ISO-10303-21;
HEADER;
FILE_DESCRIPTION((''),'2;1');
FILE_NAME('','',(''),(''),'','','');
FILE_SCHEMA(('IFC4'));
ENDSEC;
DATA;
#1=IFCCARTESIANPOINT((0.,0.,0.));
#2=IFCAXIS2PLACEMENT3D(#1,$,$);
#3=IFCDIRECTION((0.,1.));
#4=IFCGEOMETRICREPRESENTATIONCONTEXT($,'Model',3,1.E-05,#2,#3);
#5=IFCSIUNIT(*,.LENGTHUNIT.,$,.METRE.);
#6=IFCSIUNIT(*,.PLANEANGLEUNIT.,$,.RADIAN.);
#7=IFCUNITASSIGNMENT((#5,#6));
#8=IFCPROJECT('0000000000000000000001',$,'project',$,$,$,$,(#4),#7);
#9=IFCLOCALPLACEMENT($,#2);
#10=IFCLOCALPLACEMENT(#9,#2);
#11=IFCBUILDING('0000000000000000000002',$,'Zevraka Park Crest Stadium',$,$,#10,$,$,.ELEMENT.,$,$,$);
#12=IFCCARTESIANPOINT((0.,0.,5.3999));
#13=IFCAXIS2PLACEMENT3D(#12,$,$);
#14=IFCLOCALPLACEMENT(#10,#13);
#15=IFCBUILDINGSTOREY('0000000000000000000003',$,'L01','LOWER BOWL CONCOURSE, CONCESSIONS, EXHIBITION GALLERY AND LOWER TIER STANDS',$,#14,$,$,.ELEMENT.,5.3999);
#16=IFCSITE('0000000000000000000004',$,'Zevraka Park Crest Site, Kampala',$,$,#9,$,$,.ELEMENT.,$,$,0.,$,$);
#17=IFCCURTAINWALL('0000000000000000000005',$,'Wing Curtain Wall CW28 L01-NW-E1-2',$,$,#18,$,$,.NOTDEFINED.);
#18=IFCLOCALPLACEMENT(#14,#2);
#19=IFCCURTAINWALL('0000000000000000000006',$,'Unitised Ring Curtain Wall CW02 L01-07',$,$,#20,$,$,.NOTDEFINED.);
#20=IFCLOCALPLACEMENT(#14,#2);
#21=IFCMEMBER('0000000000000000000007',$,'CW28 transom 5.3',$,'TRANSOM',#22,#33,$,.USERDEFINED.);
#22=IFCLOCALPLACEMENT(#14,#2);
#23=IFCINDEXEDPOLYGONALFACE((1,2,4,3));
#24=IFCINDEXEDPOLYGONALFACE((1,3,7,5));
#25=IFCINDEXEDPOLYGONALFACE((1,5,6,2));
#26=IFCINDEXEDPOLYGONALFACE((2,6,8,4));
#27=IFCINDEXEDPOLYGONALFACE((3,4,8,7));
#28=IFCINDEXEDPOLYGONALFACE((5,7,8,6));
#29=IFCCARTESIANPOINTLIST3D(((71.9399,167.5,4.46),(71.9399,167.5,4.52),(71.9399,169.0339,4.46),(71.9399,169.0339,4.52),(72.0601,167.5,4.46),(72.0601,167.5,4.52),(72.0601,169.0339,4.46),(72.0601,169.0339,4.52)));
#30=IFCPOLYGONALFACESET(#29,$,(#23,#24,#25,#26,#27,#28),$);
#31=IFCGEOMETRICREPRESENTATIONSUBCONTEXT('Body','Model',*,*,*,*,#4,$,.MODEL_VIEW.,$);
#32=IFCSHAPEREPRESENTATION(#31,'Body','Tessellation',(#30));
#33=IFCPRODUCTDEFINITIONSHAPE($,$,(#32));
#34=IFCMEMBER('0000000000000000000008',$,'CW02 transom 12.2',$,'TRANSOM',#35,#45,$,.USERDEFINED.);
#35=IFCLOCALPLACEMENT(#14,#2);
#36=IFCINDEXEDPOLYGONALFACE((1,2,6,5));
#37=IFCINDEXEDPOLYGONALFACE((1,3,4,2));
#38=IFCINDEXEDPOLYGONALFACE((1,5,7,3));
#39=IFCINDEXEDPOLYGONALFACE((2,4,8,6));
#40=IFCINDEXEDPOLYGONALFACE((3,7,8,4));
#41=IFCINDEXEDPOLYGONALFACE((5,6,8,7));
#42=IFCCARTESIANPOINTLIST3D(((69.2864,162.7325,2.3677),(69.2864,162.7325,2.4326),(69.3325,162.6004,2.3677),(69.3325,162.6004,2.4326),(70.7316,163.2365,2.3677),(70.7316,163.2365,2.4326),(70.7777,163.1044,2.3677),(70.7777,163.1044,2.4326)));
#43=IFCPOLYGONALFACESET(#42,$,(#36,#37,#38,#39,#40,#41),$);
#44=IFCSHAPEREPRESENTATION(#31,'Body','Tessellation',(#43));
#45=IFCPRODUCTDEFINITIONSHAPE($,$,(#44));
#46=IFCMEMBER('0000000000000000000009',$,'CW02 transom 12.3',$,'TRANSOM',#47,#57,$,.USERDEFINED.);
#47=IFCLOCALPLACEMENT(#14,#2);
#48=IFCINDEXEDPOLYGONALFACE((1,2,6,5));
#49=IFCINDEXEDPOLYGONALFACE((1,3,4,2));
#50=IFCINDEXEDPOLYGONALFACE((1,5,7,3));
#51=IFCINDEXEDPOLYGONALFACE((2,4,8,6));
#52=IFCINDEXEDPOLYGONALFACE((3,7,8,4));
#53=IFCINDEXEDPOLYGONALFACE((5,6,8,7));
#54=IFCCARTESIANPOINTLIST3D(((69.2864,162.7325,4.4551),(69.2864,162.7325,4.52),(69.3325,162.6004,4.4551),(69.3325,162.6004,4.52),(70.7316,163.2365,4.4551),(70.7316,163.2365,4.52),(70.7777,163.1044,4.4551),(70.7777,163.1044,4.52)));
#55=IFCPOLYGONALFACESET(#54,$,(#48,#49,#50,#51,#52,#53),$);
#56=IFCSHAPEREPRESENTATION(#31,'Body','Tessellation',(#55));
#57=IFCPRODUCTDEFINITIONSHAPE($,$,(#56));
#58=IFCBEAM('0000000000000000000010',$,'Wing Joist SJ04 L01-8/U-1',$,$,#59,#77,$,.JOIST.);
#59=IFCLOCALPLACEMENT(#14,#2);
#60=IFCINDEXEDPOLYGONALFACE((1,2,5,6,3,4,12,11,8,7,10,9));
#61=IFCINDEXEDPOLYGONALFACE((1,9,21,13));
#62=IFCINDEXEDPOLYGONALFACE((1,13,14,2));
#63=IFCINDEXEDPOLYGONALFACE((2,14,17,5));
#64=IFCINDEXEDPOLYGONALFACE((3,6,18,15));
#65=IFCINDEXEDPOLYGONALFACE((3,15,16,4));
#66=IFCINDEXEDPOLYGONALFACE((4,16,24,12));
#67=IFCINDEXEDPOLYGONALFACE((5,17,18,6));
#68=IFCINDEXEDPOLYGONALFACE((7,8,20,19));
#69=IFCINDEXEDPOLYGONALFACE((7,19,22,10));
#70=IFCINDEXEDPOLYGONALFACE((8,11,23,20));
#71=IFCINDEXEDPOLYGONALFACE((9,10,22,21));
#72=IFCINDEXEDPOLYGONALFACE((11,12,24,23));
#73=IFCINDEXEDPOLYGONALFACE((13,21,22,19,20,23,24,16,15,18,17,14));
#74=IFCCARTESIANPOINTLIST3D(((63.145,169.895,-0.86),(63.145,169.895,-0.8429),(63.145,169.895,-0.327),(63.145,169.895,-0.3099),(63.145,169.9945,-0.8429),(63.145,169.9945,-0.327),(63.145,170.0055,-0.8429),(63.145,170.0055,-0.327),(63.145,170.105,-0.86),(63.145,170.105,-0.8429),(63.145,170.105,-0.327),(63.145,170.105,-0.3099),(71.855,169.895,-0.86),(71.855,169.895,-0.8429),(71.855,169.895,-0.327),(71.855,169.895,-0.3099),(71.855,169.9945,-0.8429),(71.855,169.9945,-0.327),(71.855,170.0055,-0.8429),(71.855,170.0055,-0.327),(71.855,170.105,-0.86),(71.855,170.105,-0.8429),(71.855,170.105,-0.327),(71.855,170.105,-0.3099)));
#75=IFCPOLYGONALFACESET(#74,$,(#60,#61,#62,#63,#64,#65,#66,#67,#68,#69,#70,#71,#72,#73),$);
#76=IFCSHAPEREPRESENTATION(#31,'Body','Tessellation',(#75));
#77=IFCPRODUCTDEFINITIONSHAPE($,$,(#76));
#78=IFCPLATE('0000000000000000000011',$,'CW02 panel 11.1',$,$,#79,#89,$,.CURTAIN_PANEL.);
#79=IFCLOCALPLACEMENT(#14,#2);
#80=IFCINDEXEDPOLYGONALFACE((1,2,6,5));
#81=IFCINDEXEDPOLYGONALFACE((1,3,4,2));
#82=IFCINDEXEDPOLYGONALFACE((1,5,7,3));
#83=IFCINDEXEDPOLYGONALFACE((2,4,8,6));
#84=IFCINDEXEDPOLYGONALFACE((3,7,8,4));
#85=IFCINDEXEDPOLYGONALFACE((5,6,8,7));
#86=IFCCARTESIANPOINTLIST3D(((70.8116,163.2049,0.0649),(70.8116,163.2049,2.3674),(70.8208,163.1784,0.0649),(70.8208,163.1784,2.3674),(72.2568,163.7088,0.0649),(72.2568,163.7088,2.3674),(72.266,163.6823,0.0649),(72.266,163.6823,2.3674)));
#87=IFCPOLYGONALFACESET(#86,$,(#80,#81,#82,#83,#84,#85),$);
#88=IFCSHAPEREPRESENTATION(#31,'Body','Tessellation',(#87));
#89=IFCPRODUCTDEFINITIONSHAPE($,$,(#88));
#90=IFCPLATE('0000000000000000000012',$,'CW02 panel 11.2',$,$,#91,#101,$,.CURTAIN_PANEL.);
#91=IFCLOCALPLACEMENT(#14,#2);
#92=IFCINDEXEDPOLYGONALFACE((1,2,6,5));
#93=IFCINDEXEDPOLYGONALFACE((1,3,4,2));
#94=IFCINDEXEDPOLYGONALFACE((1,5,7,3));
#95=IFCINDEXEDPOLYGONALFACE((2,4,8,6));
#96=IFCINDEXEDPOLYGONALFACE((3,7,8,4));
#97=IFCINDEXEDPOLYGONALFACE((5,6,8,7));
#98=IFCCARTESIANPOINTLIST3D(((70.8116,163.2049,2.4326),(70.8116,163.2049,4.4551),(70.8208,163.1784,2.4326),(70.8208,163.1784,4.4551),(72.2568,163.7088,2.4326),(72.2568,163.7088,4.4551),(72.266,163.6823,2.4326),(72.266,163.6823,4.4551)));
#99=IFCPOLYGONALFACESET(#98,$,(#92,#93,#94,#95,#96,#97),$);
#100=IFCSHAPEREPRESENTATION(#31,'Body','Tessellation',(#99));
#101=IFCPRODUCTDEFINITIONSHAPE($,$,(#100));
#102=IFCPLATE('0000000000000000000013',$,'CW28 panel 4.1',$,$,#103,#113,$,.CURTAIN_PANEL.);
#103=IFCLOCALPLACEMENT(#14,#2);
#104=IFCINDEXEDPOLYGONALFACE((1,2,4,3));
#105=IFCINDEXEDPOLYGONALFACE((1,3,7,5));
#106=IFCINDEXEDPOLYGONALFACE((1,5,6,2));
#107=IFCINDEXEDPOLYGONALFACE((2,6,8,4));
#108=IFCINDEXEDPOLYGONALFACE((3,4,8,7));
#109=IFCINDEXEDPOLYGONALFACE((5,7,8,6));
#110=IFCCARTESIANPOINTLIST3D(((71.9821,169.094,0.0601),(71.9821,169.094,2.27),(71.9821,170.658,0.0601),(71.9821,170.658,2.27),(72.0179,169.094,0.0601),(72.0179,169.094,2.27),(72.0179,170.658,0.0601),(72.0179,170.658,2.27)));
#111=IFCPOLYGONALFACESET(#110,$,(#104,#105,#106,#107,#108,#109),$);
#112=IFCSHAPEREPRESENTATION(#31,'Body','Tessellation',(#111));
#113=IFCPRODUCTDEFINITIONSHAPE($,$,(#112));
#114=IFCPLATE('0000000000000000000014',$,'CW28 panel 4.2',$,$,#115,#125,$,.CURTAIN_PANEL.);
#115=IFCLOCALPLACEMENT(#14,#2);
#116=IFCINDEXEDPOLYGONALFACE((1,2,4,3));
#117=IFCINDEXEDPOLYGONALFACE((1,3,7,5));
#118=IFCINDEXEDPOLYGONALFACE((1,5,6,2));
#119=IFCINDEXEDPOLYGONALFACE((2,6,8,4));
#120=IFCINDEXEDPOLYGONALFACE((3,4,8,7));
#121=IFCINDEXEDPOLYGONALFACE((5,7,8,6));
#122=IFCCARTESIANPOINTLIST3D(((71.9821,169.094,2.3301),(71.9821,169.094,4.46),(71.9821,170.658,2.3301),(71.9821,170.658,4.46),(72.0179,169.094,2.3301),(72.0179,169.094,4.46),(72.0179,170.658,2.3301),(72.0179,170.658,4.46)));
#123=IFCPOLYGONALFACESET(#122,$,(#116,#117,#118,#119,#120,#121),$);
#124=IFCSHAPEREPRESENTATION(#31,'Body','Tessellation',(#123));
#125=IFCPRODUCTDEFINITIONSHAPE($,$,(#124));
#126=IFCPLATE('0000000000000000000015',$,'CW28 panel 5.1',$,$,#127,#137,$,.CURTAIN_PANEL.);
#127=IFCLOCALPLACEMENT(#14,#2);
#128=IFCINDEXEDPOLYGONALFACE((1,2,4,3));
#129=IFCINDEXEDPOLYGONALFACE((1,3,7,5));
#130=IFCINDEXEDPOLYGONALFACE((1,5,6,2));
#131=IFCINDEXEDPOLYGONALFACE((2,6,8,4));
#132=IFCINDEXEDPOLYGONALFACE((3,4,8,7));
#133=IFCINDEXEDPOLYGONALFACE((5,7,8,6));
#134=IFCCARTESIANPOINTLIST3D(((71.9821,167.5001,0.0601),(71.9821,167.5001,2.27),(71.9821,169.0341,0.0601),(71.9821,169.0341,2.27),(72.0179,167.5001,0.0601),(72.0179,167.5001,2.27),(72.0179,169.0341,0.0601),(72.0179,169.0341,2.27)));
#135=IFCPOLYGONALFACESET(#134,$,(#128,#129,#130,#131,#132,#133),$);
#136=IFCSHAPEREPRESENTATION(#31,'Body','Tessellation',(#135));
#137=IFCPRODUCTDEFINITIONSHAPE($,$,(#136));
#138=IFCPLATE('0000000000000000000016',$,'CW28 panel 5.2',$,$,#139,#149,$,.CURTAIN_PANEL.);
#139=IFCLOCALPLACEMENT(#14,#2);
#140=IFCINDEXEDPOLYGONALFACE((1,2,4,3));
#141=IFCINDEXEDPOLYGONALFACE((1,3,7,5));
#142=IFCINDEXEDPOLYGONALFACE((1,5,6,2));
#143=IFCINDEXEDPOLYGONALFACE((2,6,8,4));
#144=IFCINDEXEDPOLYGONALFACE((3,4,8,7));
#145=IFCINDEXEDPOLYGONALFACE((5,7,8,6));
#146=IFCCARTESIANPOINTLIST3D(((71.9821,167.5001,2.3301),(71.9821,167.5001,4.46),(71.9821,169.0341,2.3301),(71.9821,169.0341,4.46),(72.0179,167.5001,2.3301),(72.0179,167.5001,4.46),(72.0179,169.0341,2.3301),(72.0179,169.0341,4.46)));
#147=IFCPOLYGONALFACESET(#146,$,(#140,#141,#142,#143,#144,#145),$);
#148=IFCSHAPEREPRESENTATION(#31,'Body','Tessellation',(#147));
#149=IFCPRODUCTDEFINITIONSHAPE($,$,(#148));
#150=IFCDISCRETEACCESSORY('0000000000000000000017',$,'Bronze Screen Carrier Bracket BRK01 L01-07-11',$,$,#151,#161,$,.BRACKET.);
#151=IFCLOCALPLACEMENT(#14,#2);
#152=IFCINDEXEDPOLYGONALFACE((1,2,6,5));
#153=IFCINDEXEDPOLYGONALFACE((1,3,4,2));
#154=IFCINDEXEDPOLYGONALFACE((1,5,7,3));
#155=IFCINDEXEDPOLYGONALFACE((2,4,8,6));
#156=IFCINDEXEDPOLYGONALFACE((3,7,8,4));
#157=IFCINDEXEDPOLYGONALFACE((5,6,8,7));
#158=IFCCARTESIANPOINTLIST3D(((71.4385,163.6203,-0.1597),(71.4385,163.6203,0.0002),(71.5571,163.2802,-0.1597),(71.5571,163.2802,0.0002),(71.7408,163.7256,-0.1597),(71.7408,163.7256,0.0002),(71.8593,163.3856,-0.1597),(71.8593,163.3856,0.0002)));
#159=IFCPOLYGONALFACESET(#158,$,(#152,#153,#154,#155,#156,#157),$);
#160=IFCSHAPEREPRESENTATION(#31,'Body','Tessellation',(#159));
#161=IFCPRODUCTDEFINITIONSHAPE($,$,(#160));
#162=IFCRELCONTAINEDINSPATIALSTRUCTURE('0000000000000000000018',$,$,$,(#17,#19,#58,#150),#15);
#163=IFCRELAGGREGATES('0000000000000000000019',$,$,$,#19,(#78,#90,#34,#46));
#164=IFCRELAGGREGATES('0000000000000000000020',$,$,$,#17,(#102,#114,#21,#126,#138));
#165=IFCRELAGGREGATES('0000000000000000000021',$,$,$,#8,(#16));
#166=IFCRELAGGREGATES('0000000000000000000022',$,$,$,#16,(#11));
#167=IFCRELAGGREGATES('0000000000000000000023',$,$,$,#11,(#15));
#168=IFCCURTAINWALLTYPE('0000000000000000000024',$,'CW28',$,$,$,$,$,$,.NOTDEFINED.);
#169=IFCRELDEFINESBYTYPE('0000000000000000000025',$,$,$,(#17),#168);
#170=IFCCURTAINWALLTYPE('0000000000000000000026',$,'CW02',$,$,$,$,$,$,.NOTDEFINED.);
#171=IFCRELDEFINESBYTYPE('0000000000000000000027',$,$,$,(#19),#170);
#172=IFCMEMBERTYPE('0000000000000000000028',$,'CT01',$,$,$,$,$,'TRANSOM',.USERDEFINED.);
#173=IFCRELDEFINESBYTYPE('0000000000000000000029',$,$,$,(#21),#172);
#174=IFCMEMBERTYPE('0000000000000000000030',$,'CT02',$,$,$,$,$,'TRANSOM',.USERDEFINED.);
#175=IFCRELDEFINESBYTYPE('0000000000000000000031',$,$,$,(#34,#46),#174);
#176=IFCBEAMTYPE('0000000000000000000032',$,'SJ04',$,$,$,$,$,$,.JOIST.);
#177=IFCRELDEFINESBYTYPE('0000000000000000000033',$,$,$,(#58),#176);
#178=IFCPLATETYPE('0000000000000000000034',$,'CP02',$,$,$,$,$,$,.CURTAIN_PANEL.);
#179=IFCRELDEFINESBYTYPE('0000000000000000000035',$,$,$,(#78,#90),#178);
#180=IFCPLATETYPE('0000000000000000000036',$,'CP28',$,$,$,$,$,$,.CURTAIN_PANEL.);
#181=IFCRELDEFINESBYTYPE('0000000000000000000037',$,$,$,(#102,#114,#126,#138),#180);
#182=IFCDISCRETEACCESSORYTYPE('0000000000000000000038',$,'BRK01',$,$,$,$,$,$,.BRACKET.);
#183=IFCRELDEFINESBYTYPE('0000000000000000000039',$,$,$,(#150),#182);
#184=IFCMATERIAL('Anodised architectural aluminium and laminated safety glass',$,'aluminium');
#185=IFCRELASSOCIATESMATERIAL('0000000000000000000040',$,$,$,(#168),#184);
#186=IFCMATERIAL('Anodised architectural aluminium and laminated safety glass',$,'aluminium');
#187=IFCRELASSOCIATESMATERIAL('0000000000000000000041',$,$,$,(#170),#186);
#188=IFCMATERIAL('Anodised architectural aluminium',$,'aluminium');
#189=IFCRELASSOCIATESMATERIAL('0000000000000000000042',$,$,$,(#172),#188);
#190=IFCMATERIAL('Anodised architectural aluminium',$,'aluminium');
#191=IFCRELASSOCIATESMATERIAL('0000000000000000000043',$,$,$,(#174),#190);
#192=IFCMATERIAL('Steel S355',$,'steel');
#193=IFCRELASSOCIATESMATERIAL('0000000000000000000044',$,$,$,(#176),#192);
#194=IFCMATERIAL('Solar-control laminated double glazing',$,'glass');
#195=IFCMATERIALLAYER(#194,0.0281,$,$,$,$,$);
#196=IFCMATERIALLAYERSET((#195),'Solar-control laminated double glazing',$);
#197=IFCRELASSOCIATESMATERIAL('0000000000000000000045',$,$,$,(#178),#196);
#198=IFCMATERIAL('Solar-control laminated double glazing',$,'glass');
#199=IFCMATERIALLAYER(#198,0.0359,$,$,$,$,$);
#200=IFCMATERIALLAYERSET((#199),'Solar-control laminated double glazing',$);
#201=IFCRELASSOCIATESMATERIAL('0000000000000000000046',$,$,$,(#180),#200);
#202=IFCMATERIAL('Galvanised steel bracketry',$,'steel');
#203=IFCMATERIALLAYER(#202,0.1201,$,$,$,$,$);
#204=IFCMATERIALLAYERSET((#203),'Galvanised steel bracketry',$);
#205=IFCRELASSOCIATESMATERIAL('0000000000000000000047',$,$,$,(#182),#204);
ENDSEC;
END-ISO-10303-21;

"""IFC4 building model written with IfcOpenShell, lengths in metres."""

from ifc_helpers import new_model, si_unit, direction, frame, origin, origin_2d, place, context, subcontext, project, spatial, rectangle, i_section, extrude, material, layer, layer_set, material_profile, profile_set, type_object, element, aggregate, save


model = new_model("IFC4")

# Units and contexts
model_context = context("Model", 3, precision=1e-05, world=origin(), true_north=direction((0.0, 1.0)))
body_context = subcontext(model_context, "Body", "Model", "MODEL_VIEW")
ifc_project = project(units=[si_unit("LENGTHUNIT", "METRE"), si_unit("PLANEANGLEUNIT", "RADIAN")], contexts=[model_context])

# Site, building, storey
site_placement = place(None, origin())
site = spatial("IfcSite", under=ifc_project, at=site_placement, Name="Zevraka Park Crest Site, Kampala", CompositionType="ELEMENT", RefElevation=0.0)
building_placement = place(site_placement, origin())
building = spatial("IfcBuilding", under=site, at=building_placement, Name="Zevraka Park Crest Stadium", CompositionType="ELEMENT")
storey_placement = place(building_placement, frame((0.0, 0.0, 5.3999)))
storey = spatial("IfcBuildingStorey", under=building, at=storey_placement, Name="L01", Description="LOWER BOWL CONCOURSE, CONCESSIONS, EXHIBITION GALLERY AND LOWER TIER STANDS", CompositionType="ELEMENT", Elevation=5.3999)

# Curtain wall
ifc_material_1 = material(Name="Anodised architectural aluminium and laminated safety glass", Category="aluminium")
curtain_wall_type_1 = type_object("IfcCurtainWallType", Name="CW28", PredefinedType="NOTDEFINED", material=ifc_material_1)
curtain_wall_1_placement = place(storey_placement, origin())
curtain_wall_1 = element("IfcCurtainWall", 1, at=curtain_wall_1_placement, inside=storey, type_object=curtain_wall_type_1, Name="Wing Curtain Wall CW28 L01-NW-E1-2", PredefinedType="NOTDEFINED")

# Curtain wall
ifc_material_2 = material(Name="Anodised architectural aluminium and laminated safety glass", Category="aluminium")
curtain_wall_type_2 = type_object("IfcCurtainWallType", Name="CW02", PredefinedType="NOTDEFINED", material=ifc_material_2)
curtain_wall_2_placement = place(storey_placement, origin())
curtain_wall_2 = element("IfcCurtainWall", 2, at=curtain_wall_2_placement, inside=storey, type_object=curtain_wall_type_2, Name="Unitised Ring Curtain Wall CW02 L01-07", PredefinedType="NOTDEFINED")

# Members
ifc_material_3 = material(Name="Anodised architectural aluminium", Category="aluminium")
ifc_material_profile_1 = material_profile(ifc_material_3, rectangle(XDim=0.1201, YDim=0.0601, at=origin_2d()), Name="ALU TRANSOM 120x60")
ifc_profile_set_1 = profile_set([ifc_material_profile_1], Name="Anodised architectural aluminium")
member_type_1 = type_object("IfcMemberType", Name="CT01", ElementType="TRANSOM", PredefinedType="USERDEFINED", material=ifc_profile_set_1)
member_1_placement = place(storey_placement, frame((72.0, 169.0339, 4.49), z_axis=(0.0, -1.0, 0.0), x_axis=(1.0, 0.0, 0.0)))
member_1 = element("IfcMember", 3, at=member_1_placement, type_object=member_type_1, Name="CW28 transom 5.3", ObjectType="TRANSOM", PredefinedType="USERDEFINED", context=body_context, shape_type="SweptSolid", body=[
    extrude(rectangle(XDim=0.1201, YDim=0.0601, at=origin_2d()), origin(), (0.0, 0.0, 1.0), 1.5339),
])
ifc_material_4 = material(Name="Anodised architectural aluminium", Category="aluminium")
ifc_material_profile_2 = material_profile(ifc_material_4, rectangle(XDim=0.1399, YDim=0.0649, at=origin_2d()), Name="ALU TRANSOM 140x65")
ifc_profile_set_2 = profile_set([ifc_material_profile_2], Name="Anodised architectural aluminium")
member_type_2 = type_object("IfcMemberType", Name="CT02", ElementType="TRANSOM", PredefinedType="USERDEFINED", material=ifc_profile_set_2)
member_2_placement = place(storey_placement, frame((70.7546, 163.1704, 2.4001), z_axis=(-0.944238, -0.329263, 0.0), x_axis=(0.329263, -0.944238, 0.0)))
member_2 = element("IfcMember", 4, at=member_2_placement, type_object=member_type_2, Name="CW02 transom 12.2", ObjectType="TRANSOM", PredefinedType="USERDEFINED", context=body_context, shape_type="SweptSolid", body=[
    extrude(rectangle(XDim=0.1399, YDim=0.0649, at=origin_2d()), origin(), (0.0, 0.0, 1.0), 1.5305),
])
member_3_placement = place(storey_placement, frame((70.7546, 163.1704, 4.4875), z_axis=(-0.944238, -0.329263, 0.0), x_axis=(0.329263, -0.944238, 0.0)))
member_3 = element("IfcMember", 5, at=member_3_placement, type_object=member_type_2, Name="CW02 transom 12.3", ObjectType="TRANSOM", PredefinedType="USERDEFINED", context=body_context, shape_type="SweptSolid", body=[
    extrude(rectangle(XDim=0.1399, YDim=0.0649, at=origin_2d()), origin(), (0.0, 0.0, 1.0), 1.5305),
])

# Beam
ifc_material_5 = material(Name="Steel S355", Category="steel")
ifc_material_profile_3 = material_profile(ifc_material_5, i_section(OverallWidth=0.21, OverallDepth=0.55, WebThickness=0.011, FlangeThickness=0.0171, at=origin_2d()), Name="IPE 550")
ifc_profile_set_3 = profile_set([ifc_material_profile_3], Name="Steel S355")
beam_type_1 = type_object("IfcBeamType", Name="SJ04", PredefinedType="JOIST", material=ifc_profile_set_3)
beam_1_placement = place(storey_placement, frame((63.145, 170.0, -0.585), z_axis=(1.0, 0.0, 0.0), x_axis=(0.0, 1.0, 0.0)))
element("IfcBeam", 6, at=beam_1_placement, inside=storey, type_object=beam_type_1, Name="Wing Joist SJ04 L01-8/U-1", PredefinedType="JOIST", context=body_context, shape_type="SweptSolid", body=[
    extrude(i_section(OverallWidth=0.21, OverallDepth=0.55, WebThickness=0.011, FlangeThickness=0.0171, at=origin_2d()), origin(), (0.0, 0.0, 1.0), 8.71),
])

# Plates
ifc_material_6 = material(Name="Solar-control laminated double glazing", Category="glass")
ifc_layer_1 = layer(ifc_material_6, 0.0281)
ifc_layer_set_1 = layer_set([ifc_layer_1], Name="Solar-control laminated double glazing")
plate_type_1 = type_object("IfcPlateType", Name="CP02", PredefinedType="CURTAIN_PANEL", material=ifc_layer_set_1)
plate_1_placement = place(storey_placement, frame((71.5388, 163.4436, 0.0649), z_axis=(0.0, 0.0, 1.0), x_axis=(-0.944257, -0.329209, 0.0)))
plate_1 = element("IfcPlate", 7, at=plate_1_placement, type_object=plate_type_1, Name="CW02 panel 11.1", PredefinedType="CURTAIN_PANEL", context=body_context, shape_type="SweptSolid", body=[
    extrude(rectangle(XDim=1.5305, YDim=0.0281, at=origin_2d()), origin(), (0.0, 0.0, 1.0), 2.3025),
])
plate_2_placement = place(storey_placement, frame((71.5388, 163.4436, 2.4326), z_axis=(0.0, 0.0, 1.0), x_axis=(-0.944257, -0.329209, 0.0)))
plate_2 = element("IfcPlate", 8, at=plate_2_placement, type_object=plate_type_1, Name="CW02 panel 11.2", PredefinedType="CURTAIN_PANEL", context=body_context, shape_type="SweptSolid", body=[
    extrude(rectangle(XDim=1.5305, YDim=0.0281, at=origin_2d()), origin(), (0.0, 0.0, 1.0), 2.0225),
])
aggregate(curtain_wall_2, [plate_1, plate_2, member_2, member_3])
ifc_material_7 = material(Name="Solar-control laminated double glazing", Category="glass")
ifc_layer_2 = layer(ifc_material_7, 0.0359)
ifc_layer_set_2 = layer_set([ifc_layer_2], Name="Solar-control laminated double glazing")
plate_type_2 = type_object("IfcPlateType", Name="CP28", PredefinedType="CURTAIN_PANEL", material=ifc_layer_set_2)
plate_3_placement = place(storey_placement, frame((72.0, 169.876, 0.0601), z_axis=(0.0, 0.0, 1.0), x_axis=(0.0, -1.0, 0.0)))
plate_3 = element("IfcPlate", 9, at=plate_3_placement, type_object=plate_type_2, Name="CW28 panel 4.1", PredefinedType="CURTAIN_PANEL", context=body_context, shape_type="SweptSolid", body=[
    extrude(rectangle(XDim=1.564, YDim=0.0359, at=origin_2d()), origin(), (0.0, 0.0, 1.0), 2.21),
])
plate_4_placement = place(storey_placement, frame((72.0, 169.876, 2.3301), z_axis=(0.0, 0.0, 1.0), x_axis=(0.0, -1.0, 0.0)))
plate_4 = element("IfcPlate", 10, at=plate_4_placement, type_object=plate_type_2, Name="CW28 panel 4.2", PredefinedType="CURTAIN_PANEL", context=body_context, shape_type="SweptSolid", body=[
    extrude(rectangle(XDim=1.564, YDim=0.0359, at=origin_2d()), origin(), (0.0, 0.0, 1.0), 2.1299),
])
plate_5_placement = place(storey_placement, frame((72.0, 168.2671, 0.0601), z_axis=(0.0, 0.0, 1.0), x_axis=(0.0, -1.0, 0.0)))
plate_5 = element("IfcPlate", 11, at=plate_5_placement, type_object=plate_type_2, Name="CW28 panel 5.1", PredefinedType="CURTAIN_PANEL", context=body_context, shape_type="SweptSolid", body=[
    extrude(rectangle(XDim=1.5339, YDim=0.0359, at=origin_2d()), origin(), (0.0, 0.0, 1.0), 2.21),
])
plate_6_placement = place(storey_placement, frame((72.0, 168.2671, 2.3301), z_axis=(0.0, 0.0, 1.0), x_axis=(0.0, -1.0, 0.0)))
plate_6 = element("IfcPlate", 12, at=plate_6_placement, type_object=plate_type_2, Name="CW28 panel 5.2", PredefinedType="CURTAIN_PANEL", context=body_context, shape_type="SweptSolid", body=[
    extrude(rectangle(XDim=1.5339, YDim=0.0359, at=origin_2d()), origin(), (0.0, 0.0, 1.0), 2.1299),
])
aggregate(curtain_wall_1, [plate_3, plate_4, member_1, plate_5, plate_6])

# Discrete accessory
ifc_material_8 = material(Name="Galvanised steel bracketry", Category="steel")
ifc_layer_3 = layer(ifc_material_8, 0.1201)
ifc_layer_set_3 = layer_set([ifc_layer_3], Name="Galvanised steel bracketry")
discrete_accessory_type = type_object("IfcDiscreteAccessoryType", Name="BRK01", PredefinedType="BRACKET", material=ifc_layer_set_3)
discrete_accessory_placement = place(storey_placement, frame((71.6489, 163.5029, -0.1597), z_axis=(0.0, 0.0, 1.0), x_axis=(-0.944262, -0.329196, 0.0)))
element("IfcDiscreteAccessory", 13, at=discrete_accessory_placement, inside=storey, type_object=discrete_accessory_type, Name="Bronze Screen Carrier Bracket BRK01 L01-07-11", PredefinedType="BRACKET", context=body_context, shape_type="SweptSolid", body=[
    extrude(rectangle(XDim=0.3201, YDim=0.3601, at=origin_2d()), origin(), (0.0, 0.0, 1.0), 0.1599),
])

save(model, "model.ifc")
